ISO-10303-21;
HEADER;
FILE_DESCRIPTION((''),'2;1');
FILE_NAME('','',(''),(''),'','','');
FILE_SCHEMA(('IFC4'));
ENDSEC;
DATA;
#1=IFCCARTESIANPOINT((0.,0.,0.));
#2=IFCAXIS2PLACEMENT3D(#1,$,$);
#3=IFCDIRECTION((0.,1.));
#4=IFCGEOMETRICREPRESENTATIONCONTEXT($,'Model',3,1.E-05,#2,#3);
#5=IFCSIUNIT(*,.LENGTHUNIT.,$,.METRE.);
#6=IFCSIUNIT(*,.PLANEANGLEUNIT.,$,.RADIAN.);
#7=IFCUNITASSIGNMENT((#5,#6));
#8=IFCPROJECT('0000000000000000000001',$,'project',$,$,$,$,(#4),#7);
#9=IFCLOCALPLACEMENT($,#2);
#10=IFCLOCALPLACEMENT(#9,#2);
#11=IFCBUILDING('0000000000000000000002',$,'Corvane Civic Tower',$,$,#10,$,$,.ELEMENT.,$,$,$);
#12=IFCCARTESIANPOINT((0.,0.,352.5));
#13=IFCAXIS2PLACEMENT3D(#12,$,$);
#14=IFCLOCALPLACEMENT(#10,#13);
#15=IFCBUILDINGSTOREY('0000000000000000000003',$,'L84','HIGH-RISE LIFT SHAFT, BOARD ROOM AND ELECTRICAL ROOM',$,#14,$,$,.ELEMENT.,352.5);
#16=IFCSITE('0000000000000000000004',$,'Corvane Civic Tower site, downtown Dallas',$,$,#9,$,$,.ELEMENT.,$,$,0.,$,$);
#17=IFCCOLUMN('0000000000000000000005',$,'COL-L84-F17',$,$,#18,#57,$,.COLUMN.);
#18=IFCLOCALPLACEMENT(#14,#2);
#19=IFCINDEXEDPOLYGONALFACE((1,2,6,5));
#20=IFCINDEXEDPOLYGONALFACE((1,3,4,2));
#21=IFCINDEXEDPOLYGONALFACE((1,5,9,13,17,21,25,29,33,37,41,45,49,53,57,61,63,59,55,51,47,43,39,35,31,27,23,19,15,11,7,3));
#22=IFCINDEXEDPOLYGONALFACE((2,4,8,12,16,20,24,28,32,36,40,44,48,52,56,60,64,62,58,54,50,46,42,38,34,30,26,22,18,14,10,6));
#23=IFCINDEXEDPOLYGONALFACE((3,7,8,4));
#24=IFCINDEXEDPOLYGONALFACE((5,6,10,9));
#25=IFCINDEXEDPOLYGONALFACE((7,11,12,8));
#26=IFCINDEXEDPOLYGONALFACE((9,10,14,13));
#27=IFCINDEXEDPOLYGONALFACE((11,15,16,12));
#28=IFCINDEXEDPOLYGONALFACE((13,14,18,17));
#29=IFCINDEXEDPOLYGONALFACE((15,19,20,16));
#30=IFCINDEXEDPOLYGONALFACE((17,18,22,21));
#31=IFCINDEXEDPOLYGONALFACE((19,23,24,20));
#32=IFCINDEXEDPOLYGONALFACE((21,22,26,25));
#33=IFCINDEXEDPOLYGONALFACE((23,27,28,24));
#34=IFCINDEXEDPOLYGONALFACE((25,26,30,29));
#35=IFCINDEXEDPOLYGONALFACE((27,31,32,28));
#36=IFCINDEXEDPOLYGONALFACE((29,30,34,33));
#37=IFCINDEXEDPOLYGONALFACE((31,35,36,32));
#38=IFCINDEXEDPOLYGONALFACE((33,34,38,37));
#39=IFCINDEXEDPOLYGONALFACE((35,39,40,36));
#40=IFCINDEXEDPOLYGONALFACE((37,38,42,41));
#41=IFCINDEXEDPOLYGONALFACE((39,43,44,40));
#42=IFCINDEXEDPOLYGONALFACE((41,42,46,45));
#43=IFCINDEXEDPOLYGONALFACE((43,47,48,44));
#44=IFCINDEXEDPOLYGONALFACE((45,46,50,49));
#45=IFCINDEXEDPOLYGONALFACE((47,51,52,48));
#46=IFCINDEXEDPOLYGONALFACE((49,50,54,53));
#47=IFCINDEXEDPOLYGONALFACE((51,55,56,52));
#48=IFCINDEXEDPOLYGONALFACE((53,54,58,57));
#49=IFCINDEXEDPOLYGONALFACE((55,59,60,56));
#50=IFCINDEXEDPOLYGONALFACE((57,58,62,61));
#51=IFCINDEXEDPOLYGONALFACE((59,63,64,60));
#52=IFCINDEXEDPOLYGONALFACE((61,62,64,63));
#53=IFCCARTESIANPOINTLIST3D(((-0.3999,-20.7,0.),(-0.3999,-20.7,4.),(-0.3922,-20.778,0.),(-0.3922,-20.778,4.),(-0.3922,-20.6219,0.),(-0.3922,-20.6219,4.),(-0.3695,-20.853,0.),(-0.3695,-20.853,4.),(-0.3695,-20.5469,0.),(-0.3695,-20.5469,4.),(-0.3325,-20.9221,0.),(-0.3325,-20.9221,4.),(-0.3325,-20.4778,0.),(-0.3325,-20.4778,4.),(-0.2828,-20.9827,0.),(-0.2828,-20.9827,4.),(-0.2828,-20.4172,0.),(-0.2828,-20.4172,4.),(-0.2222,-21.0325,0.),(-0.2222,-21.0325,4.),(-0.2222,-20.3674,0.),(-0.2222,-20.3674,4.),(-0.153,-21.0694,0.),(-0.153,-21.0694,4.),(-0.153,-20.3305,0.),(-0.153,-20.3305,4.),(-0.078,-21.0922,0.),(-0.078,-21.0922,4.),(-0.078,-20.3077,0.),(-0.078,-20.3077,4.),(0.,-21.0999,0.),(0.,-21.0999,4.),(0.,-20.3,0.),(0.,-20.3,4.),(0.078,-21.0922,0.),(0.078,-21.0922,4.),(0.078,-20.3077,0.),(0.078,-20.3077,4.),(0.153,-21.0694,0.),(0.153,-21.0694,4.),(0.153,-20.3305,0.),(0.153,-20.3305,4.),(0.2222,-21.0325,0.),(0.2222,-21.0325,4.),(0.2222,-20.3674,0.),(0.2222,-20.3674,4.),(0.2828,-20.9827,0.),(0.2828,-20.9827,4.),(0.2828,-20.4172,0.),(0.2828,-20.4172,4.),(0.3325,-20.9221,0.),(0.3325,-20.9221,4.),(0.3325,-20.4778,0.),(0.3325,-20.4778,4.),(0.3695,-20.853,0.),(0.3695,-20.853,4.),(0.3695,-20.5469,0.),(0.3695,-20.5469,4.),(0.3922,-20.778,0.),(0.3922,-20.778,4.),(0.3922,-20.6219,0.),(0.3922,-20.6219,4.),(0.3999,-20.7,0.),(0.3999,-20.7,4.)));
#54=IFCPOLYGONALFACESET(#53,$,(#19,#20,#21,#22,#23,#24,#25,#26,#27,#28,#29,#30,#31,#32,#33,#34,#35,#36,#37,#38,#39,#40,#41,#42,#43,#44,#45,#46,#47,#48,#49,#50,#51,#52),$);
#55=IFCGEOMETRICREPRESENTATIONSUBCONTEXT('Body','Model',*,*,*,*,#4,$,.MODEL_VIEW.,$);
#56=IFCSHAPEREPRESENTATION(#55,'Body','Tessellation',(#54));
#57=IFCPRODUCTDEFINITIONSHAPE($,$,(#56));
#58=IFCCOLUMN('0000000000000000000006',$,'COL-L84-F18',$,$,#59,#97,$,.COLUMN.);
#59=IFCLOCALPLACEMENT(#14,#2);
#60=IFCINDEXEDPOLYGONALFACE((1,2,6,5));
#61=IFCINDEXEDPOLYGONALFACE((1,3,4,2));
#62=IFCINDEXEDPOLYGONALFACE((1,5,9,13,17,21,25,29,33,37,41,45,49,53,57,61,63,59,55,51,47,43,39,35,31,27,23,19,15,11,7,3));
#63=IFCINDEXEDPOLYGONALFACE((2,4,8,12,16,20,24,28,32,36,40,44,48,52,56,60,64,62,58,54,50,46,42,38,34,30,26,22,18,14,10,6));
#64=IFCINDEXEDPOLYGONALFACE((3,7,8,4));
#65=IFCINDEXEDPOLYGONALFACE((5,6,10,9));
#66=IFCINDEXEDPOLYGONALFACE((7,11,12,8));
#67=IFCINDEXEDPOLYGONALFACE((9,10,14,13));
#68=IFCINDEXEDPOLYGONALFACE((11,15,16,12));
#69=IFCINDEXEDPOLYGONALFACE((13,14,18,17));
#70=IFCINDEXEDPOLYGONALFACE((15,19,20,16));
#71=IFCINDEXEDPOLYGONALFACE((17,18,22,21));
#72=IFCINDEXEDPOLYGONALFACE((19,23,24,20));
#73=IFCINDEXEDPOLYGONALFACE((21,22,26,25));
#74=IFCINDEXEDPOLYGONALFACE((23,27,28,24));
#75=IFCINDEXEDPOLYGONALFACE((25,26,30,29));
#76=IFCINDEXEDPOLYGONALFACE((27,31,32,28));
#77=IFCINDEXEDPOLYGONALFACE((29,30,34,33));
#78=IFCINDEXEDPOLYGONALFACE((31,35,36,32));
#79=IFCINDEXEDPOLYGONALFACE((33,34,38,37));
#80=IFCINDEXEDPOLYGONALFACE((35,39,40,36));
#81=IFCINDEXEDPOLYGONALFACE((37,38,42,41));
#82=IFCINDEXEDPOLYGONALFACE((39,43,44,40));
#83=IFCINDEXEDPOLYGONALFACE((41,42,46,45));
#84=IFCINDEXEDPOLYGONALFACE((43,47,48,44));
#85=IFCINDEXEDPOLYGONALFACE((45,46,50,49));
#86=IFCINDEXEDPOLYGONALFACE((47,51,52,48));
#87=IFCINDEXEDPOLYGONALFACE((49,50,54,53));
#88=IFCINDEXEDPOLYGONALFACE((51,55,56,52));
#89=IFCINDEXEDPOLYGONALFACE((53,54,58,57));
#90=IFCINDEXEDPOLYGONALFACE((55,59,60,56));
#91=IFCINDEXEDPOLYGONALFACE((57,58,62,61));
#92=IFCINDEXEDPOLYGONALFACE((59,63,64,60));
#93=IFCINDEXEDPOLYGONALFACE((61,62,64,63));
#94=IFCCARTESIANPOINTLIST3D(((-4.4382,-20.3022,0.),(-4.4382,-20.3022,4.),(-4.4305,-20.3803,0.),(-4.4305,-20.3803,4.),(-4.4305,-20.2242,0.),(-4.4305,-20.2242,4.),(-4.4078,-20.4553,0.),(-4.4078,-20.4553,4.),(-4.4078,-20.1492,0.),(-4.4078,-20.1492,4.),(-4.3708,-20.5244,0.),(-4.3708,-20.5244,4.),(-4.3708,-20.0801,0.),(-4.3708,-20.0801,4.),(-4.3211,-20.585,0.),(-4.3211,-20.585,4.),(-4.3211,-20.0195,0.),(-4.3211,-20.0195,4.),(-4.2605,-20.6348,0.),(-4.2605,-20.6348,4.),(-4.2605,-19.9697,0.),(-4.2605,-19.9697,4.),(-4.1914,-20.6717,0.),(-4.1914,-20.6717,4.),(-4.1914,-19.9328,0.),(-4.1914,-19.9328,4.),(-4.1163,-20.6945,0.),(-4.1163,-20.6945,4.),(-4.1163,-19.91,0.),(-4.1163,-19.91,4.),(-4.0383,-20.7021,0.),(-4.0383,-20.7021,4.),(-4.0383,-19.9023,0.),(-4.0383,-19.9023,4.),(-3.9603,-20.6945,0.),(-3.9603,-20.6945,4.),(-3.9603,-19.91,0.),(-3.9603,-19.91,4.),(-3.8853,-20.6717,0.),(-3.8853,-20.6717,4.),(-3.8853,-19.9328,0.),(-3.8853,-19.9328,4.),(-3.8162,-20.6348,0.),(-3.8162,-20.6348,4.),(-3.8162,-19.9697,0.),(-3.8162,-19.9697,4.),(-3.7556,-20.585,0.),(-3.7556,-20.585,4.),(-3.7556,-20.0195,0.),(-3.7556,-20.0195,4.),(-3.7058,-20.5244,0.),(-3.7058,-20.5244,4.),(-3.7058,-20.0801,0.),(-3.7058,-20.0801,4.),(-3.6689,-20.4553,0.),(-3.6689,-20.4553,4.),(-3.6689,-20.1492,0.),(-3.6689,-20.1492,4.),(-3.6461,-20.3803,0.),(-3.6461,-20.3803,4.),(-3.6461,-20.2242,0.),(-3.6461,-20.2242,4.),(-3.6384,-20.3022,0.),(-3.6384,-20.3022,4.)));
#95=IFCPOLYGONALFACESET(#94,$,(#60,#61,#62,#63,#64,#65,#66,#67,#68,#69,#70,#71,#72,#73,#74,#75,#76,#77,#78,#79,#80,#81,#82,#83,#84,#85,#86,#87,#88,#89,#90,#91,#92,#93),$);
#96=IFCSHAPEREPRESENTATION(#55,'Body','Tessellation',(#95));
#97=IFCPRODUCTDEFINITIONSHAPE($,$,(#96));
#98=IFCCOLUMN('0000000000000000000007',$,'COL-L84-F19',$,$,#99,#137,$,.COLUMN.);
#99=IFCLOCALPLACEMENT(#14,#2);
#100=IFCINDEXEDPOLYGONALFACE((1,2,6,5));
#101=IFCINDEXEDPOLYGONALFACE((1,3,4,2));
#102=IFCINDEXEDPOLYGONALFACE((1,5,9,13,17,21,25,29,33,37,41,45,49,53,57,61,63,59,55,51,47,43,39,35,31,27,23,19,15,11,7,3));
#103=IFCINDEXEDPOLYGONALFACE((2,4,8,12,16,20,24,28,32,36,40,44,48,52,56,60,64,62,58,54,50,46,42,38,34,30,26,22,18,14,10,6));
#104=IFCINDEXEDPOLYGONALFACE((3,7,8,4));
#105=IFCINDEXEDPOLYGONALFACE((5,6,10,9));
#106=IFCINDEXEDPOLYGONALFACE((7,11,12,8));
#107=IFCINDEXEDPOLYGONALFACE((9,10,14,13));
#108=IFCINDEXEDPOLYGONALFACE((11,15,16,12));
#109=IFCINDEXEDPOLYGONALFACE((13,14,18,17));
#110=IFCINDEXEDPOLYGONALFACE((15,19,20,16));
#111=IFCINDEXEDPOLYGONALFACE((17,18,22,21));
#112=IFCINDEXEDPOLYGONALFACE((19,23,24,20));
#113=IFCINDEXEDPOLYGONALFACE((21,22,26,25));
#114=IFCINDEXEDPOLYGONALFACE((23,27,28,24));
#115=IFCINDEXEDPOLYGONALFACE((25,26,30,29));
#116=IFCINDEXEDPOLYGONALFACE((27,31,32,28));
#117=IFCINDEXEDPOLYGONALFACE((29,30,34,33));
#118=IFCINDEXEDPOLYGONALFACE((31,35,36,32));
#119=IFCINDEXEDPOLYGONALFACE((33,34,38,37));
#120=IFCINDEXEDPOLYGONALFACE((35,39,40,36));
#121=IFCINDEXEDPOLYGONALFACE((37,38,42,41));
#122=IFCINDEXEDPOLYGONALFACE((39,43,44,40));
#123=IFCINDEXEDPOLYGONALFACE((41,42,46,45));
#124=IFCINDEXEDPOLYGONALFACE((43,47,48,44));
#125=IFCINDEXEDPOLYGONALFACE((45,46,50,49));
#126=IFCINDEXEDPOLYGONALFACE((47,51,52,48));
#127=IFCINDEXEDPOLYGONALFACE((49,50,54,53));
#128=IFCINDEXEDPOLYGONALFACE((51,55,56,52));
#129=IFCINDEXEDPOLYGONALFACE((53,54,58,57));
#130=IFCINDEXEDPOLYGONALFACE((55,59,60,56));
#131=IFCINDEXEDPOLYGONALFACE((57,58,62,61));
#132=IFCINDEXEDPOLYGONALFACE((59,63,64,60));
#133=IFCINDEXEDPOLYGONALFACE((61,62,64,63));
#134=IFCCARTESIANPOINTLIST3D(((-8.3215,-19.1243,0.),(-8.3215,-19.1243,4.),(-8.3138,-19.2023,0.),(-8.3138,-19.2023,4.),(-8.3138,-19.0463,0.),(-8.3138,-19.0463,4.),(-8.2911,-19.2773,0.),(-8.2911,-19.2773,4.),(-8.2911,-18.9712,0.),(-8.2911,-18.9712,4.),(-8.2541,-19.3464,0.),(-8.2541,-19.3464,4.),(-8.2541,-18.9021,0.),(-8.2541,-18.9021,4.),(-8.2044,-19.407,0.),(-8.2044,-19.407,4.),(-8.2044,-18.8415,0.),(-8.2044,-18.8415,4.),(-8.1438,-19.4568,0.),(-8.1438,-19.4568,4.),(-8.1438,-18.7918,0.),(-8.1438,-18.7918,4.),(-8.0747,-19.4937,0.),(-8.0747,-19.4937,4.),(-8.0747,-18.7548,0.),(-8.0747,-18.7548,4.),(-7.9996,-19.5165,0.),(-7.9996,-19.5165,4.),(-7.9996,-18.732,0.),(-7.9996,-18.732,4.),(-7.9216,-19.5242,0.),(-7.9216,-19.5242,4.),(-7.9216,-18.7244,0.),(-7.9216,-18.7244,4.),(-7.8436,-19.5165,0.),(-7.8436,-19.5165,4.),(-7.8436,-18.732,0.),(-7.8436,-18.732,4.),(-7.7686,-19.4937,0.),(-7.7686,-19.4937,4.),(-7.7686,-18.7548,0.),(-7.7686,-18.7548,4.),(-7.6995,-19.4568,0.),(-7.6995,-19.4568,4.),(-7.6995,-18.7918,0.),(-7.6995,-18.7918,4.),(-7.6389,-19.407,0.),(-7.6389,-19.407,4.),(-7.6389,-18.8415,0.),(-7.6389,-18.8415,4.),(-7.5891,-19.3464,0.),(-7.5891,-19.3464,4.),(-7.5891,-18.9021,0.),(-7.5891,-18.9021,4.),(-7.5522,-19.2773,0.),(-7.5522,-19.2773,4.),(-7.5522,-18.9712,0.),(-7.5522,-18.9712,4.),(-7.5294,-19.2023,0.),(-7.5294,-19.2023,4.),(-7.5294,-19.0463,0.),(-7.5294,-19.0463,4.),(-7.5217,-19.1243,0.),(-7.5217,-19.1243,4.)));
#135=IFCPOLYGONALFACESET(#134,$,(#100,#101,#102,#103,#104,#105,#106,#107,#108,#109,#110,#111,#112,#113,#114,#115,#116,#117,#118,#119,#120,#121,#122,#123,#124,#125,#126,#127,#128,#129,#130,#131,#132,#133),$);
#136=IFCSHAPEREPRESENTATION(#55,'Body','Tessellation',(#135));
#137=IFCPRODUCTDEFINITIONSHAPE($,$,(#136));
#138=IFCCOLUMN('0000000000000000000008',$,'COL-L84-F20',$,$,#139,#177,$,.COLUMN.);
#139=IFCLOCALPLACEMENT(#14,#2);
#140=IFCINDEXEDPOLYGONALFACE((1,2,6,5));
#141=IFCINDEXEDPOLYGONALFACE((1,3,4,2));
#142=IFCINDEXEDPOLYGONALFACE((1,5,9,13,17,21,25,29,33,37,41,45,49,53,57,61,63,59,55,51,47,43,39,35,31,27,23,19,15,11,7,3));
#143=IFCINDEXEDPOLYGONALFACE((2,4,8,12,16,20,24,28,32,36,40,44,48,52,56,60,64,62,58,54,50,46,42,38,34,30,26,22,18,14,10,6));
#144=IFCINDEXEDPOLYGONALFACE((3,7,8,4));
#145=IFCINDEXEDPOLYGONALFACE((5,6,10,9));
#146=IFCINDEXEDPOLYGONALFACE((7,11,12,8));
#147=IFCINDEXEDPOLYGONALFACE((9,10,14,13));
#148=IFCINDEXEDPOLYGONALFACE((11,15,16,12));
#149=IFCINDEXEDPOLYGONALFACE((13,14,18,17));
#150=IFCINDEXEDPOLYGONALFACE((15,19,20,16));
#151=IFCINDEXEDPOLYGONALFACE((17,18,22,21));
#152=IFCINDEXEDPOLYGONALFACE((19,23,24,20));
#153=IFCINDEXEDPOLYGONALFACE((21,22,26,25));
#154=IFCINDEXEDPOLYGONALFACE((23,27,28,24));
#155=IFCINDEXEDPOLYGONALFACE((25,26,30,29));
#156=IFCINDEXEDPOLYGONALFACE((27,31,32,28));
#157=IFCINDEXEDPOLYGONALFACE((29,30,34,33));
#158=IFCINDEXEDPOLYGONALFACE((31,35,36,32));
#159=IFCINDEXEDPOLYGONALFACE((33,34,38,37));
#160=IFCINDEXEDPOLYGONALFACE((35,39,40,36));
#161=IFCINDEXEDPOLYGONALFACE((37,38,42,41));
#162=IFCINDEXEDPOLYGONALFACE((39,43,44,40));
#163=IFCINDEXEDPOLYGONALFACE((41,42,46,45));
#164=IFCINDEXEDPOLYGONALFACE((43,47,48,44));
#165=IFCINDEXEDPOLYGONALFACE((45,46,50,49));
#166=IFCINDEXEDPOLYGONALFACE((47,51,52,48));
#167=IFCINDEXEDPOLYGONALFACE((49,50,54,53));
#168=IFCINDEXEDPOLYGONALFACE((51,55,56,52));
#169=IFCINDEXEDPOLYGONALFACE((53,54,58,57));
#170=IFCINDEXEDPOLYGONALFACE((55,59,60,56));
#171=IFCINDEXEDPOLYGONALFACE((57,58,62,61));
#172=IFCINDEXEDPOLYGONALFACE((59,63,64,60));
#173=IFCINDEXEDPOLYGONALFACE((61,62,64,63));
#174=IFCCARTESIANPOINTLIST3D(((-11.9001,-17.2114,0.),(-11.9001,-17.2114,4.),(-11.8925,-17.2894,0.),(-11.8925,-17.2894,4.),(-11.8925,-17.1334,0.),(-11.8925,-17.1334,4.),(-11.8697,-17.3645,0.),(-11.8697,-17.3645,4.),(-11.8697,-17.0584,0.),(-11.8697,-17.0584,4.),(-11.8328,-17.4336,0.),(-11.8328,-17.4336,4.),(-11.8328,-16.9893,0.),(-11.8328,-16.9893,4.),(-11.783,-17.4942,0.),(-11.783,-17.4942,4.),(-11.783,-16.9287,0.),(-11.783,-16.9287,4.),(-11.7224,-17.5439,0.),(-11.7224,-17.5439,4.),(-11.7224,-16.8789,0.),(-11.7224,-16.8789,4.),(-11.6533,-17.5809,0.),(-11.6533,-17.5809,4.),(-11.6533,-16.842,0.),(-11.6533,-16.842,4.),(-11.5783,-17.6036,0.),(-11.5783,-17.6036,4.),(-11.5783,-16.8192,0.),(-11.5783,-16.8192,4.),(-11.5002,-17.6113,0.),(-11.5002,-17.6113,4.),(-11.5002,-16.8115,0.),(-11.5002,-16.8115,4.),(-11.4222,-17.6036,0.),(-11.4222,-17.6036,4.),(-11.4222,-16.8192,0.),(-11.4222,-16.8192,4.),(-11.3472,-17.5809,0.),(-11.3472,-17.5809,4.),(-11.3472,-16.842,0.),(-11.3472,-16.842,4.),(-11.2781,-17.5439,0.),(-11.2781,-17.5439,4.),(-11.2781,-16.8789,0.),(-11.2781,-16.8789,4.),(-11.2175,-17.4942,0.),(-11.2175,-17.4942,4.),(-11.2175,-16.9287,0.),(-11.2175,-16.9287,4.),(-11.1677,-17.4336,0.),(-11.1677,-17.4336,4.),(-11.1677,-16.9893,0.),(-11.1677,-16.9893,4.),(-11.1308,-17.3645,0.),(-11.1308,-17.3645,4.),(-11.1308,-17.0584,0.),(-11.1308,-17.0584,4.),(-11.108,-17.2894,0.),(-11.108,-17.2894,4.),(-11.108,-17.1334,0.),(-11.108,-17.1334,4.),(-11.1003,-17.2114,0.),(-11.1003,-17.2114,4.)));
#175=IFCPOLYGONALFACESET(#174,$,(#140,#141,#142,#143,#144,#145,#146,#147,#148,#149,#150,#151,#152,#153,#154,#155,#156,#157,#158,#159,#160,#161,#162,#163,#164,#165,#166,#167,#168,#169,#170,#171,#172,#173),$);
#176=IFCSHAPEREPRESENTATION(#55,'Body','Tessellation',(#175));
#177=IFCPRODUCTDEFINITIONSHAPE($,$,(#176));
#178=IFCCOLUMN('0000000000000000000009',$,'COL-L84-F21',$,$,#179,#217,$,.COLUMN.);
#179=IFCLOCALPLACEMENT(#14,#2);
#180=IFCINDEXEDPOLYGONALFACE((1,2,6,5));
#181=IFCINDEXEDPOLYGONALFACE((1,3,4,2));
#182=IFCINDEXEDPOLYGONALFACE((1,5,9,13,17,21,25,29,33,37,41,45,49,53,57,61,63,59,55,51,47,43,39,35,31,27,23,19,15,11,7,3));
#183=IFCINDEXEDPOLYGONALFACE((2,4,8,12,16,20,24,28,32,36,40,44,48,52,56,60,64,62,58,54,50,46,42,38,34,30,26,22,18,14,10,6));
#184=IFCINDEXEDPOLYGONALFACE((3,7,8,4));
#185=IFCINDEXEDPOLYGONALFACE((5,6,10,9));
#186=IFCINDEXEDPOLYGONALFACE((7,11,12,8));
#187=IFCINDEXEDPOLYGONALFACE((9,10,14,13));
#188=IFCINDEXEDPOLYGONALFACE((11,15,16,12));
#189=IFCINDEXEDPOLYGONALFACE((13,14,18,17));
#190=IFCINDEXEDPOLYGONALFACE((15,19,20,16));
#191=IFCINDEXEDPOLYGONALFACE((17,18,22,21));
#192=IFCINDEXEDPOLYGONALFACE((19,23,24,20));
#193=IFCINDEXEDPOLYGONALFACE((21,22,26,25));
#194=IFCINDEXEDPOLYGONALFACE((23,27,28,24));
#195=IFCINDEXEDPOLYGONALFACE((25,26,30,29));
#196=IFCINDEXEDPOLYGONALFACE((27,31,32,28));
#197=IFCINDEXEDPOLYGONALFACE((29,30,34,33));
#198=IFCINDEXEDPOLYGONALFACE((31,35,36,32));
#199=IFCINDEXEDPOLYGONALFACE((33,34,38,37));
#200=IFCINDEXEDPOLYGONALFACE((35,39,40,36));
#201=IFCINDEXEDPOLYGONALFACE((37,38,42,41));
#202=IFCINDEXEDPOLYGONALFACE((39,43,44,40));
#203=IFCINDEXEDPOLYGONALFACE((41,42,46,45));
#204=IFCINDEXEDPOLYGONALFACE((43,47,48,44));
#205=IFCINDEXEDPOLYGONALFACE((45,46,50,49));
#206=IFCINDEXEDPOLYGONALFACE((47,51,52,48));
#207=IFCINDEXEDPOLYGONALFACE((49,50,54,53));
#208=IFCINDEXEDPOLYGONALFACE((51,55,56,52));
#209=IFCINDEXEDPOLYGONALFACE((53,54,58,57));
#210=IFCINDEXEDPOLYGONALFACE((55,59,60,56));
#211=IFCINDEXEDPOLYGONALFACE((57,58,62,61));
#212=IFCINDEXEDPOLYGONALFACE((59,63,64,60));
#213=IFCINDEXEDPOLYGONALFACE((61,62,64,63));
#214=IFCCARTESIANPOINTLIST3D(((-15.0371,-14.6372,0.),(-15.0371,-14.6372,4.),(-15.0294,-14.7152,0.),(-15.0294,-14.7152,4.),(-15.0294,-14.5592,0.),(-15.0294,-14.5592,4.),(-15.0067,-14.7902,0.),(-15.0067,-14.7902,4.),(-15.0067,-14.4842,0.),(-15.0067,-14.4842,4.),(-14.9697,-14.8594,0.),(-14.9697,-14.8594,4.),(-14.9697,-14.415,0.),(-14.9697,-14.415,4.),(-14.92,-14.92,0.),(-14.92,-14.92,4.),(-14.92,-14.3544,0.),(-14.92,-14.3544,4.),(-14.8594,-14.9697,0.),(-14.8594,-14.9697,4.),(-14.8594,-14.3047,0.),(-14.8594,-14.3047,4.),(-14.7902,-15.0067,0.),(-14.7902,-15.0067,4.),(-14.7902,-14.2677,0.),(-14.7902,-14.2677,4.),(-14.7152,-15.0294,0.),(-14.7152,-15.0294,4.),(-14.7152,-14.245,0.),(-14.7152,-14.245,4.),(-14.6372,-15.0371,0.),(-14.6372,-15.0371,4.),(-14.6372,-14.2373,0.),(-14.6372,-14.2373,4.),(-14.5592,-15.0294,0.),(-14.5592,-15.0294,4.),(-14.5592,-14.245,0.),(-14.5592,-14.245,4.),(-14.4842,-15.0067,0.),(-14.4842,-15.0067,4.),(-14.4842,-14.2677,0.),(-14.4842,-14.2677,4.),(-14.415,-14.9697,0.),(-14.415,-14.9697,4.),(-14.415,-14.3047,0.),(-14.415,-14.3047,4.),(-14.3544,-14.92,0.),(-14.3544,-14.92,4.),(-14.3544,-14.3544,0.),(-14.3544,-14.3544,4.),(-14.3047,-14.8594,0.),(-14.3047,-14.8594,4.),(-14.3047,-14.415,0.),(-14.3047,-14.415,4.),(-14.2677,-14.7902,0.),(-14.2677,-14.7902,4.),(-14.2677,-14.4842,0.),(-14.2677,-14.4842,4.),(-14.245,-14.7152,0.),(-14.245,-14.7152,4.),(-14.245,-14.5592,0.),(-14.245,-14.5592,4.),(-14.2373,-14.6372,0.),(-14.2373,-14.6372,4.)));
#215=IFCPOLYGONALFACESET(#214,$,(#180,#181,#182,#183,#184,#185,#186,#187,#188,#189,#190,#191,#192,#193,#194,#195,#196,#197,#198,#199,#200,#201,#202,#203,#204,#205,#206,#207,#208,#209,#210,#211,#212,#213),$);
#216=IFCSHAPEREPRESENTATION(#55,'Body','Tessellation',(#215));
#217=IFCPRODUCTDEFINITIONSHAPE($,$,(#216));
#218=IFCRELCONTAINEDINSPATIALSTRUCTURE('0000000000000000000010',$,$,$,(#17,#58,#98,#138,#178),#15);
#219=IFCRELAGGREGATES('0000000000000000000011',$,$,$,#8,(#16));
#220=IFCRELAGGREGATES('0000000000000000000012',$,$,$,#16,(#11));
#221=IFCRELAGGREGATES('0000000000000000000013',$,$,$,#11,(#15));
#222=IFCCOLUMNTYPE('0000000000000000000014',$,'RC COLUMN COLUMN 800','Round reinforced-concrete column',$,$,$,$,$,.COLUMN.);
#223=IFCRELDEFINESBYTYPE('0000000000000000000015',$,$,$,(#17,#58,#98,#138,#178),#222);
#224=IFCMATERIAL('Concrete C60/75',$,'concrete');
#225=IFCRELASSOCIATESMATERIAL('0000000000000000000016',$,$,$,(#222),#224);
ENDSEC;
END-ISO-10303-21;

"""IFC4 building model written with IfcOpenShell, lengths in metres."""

from ifc_helpers import new_model, si_unit, direction, frame, origin, origin_2d, place, context, subcontext, project, spatial, circle, extrude, material, material_profile, profile_set, type_object, element, save


model = new_model("IFC4")

# Units and contexts
model_context = context("Model", 3, precision=1e-05, world=origin(), true_north=direction((0.0, 1.0)))
body_context = subcontext(model_context, "Body", "Model", "MODEL_VIEW")
ifc_project = project(units=[si_unit("LENGTHUNIT", "METRE"), si_unit("PLANEANGLEUNIT", "RADIAN")], contexts=[model_context])

# Site, building, storey
site_placement = place(None, origin())
site = spatial("IfcSite", under=ifc_project, at=site_placement, Name="Corvane Civic Tower site, downtown Dallas", CompositionType="ELEMENT", RefElevation=0.0)
building_placement = place(site_placement, origin())
building = spatial("IfcBuilding", under=site, at=building_placement, Name="Corvane Civic Tower", CompositionType="ELEMENT")
storey_placement = place(building_placement, frame((0.0, 0.0, 352.5)))
storey = spatial("IfcBuildingStorey", under=building, at=storey_placement, Name="L84", Description="HIGH-RISE LIFT SHAFT, BOARD ROOM AND ELECTRICAL ROOM", CompositionType="ELEMENT", Elevation=352.5)

# Columns
ifc_material_1 = material(Name="Concrete C60/75", Category="concrete")
ifc_material_profile_1 = material_profile(ifc_material_1, circle(Radius=0.3999, at=origin_2d()), Name="COLUMN 800")
ifc_profile_set_1 = profile_set([ifc_material_profile_1], Name="Concrete C60/75")
column_type = type_object("IfcColumnType", Name="RC COLUMN COLUMN 800", Description="Round reinforced-concrete column", PredefinedType="COLUMN", material=ifc_profile_set_1)
for number, where, z_axis, x_axis, name in (
    (1, (0.0, -20.7, 0.0), (0.0, 0.0, 1.0), (1.0, 0.0, 0.0), "COL-L84-F17"),
    (2, (-4.0383, -20.3022, 0.0), (0.0, 0.0, 1.0), (1.0, 0.0, 0.0), "COL-L84-F18"),
    (3, (-7.9216, -19.1243, 0.0), (0.0, 0.0, 1.0), (1.0, 0.0, 0.0), "COL-L84-F19"),
    (4, (-11.5002, -17.2114, 0.0), (0.0, 0.0, 1.0), (1.0, 0.0, 0.0), "COL-L84-F20"),
    (5, (-14.6372, -14.6372, 0.0), (0.0, 0.0, 1.0), (1.0, 0.0, 0.0), "COL-L84-F21"),
):
    element("IfcColumn", number, at=place(storey_placement, frame(where, z_axis=z_axis, x_axis=x_axis)), inside=storey, type_object=column_type, Name=name, PredefinedType="COLUMN", context=body_context, shape_type="SweptSolid", body=[
        extrude(circle(Radius=0.3999, at=origin_2d()), origin(), (0.0, 0.0, 1.0), 4.0),
    ])

save(model, "model.ifc")
